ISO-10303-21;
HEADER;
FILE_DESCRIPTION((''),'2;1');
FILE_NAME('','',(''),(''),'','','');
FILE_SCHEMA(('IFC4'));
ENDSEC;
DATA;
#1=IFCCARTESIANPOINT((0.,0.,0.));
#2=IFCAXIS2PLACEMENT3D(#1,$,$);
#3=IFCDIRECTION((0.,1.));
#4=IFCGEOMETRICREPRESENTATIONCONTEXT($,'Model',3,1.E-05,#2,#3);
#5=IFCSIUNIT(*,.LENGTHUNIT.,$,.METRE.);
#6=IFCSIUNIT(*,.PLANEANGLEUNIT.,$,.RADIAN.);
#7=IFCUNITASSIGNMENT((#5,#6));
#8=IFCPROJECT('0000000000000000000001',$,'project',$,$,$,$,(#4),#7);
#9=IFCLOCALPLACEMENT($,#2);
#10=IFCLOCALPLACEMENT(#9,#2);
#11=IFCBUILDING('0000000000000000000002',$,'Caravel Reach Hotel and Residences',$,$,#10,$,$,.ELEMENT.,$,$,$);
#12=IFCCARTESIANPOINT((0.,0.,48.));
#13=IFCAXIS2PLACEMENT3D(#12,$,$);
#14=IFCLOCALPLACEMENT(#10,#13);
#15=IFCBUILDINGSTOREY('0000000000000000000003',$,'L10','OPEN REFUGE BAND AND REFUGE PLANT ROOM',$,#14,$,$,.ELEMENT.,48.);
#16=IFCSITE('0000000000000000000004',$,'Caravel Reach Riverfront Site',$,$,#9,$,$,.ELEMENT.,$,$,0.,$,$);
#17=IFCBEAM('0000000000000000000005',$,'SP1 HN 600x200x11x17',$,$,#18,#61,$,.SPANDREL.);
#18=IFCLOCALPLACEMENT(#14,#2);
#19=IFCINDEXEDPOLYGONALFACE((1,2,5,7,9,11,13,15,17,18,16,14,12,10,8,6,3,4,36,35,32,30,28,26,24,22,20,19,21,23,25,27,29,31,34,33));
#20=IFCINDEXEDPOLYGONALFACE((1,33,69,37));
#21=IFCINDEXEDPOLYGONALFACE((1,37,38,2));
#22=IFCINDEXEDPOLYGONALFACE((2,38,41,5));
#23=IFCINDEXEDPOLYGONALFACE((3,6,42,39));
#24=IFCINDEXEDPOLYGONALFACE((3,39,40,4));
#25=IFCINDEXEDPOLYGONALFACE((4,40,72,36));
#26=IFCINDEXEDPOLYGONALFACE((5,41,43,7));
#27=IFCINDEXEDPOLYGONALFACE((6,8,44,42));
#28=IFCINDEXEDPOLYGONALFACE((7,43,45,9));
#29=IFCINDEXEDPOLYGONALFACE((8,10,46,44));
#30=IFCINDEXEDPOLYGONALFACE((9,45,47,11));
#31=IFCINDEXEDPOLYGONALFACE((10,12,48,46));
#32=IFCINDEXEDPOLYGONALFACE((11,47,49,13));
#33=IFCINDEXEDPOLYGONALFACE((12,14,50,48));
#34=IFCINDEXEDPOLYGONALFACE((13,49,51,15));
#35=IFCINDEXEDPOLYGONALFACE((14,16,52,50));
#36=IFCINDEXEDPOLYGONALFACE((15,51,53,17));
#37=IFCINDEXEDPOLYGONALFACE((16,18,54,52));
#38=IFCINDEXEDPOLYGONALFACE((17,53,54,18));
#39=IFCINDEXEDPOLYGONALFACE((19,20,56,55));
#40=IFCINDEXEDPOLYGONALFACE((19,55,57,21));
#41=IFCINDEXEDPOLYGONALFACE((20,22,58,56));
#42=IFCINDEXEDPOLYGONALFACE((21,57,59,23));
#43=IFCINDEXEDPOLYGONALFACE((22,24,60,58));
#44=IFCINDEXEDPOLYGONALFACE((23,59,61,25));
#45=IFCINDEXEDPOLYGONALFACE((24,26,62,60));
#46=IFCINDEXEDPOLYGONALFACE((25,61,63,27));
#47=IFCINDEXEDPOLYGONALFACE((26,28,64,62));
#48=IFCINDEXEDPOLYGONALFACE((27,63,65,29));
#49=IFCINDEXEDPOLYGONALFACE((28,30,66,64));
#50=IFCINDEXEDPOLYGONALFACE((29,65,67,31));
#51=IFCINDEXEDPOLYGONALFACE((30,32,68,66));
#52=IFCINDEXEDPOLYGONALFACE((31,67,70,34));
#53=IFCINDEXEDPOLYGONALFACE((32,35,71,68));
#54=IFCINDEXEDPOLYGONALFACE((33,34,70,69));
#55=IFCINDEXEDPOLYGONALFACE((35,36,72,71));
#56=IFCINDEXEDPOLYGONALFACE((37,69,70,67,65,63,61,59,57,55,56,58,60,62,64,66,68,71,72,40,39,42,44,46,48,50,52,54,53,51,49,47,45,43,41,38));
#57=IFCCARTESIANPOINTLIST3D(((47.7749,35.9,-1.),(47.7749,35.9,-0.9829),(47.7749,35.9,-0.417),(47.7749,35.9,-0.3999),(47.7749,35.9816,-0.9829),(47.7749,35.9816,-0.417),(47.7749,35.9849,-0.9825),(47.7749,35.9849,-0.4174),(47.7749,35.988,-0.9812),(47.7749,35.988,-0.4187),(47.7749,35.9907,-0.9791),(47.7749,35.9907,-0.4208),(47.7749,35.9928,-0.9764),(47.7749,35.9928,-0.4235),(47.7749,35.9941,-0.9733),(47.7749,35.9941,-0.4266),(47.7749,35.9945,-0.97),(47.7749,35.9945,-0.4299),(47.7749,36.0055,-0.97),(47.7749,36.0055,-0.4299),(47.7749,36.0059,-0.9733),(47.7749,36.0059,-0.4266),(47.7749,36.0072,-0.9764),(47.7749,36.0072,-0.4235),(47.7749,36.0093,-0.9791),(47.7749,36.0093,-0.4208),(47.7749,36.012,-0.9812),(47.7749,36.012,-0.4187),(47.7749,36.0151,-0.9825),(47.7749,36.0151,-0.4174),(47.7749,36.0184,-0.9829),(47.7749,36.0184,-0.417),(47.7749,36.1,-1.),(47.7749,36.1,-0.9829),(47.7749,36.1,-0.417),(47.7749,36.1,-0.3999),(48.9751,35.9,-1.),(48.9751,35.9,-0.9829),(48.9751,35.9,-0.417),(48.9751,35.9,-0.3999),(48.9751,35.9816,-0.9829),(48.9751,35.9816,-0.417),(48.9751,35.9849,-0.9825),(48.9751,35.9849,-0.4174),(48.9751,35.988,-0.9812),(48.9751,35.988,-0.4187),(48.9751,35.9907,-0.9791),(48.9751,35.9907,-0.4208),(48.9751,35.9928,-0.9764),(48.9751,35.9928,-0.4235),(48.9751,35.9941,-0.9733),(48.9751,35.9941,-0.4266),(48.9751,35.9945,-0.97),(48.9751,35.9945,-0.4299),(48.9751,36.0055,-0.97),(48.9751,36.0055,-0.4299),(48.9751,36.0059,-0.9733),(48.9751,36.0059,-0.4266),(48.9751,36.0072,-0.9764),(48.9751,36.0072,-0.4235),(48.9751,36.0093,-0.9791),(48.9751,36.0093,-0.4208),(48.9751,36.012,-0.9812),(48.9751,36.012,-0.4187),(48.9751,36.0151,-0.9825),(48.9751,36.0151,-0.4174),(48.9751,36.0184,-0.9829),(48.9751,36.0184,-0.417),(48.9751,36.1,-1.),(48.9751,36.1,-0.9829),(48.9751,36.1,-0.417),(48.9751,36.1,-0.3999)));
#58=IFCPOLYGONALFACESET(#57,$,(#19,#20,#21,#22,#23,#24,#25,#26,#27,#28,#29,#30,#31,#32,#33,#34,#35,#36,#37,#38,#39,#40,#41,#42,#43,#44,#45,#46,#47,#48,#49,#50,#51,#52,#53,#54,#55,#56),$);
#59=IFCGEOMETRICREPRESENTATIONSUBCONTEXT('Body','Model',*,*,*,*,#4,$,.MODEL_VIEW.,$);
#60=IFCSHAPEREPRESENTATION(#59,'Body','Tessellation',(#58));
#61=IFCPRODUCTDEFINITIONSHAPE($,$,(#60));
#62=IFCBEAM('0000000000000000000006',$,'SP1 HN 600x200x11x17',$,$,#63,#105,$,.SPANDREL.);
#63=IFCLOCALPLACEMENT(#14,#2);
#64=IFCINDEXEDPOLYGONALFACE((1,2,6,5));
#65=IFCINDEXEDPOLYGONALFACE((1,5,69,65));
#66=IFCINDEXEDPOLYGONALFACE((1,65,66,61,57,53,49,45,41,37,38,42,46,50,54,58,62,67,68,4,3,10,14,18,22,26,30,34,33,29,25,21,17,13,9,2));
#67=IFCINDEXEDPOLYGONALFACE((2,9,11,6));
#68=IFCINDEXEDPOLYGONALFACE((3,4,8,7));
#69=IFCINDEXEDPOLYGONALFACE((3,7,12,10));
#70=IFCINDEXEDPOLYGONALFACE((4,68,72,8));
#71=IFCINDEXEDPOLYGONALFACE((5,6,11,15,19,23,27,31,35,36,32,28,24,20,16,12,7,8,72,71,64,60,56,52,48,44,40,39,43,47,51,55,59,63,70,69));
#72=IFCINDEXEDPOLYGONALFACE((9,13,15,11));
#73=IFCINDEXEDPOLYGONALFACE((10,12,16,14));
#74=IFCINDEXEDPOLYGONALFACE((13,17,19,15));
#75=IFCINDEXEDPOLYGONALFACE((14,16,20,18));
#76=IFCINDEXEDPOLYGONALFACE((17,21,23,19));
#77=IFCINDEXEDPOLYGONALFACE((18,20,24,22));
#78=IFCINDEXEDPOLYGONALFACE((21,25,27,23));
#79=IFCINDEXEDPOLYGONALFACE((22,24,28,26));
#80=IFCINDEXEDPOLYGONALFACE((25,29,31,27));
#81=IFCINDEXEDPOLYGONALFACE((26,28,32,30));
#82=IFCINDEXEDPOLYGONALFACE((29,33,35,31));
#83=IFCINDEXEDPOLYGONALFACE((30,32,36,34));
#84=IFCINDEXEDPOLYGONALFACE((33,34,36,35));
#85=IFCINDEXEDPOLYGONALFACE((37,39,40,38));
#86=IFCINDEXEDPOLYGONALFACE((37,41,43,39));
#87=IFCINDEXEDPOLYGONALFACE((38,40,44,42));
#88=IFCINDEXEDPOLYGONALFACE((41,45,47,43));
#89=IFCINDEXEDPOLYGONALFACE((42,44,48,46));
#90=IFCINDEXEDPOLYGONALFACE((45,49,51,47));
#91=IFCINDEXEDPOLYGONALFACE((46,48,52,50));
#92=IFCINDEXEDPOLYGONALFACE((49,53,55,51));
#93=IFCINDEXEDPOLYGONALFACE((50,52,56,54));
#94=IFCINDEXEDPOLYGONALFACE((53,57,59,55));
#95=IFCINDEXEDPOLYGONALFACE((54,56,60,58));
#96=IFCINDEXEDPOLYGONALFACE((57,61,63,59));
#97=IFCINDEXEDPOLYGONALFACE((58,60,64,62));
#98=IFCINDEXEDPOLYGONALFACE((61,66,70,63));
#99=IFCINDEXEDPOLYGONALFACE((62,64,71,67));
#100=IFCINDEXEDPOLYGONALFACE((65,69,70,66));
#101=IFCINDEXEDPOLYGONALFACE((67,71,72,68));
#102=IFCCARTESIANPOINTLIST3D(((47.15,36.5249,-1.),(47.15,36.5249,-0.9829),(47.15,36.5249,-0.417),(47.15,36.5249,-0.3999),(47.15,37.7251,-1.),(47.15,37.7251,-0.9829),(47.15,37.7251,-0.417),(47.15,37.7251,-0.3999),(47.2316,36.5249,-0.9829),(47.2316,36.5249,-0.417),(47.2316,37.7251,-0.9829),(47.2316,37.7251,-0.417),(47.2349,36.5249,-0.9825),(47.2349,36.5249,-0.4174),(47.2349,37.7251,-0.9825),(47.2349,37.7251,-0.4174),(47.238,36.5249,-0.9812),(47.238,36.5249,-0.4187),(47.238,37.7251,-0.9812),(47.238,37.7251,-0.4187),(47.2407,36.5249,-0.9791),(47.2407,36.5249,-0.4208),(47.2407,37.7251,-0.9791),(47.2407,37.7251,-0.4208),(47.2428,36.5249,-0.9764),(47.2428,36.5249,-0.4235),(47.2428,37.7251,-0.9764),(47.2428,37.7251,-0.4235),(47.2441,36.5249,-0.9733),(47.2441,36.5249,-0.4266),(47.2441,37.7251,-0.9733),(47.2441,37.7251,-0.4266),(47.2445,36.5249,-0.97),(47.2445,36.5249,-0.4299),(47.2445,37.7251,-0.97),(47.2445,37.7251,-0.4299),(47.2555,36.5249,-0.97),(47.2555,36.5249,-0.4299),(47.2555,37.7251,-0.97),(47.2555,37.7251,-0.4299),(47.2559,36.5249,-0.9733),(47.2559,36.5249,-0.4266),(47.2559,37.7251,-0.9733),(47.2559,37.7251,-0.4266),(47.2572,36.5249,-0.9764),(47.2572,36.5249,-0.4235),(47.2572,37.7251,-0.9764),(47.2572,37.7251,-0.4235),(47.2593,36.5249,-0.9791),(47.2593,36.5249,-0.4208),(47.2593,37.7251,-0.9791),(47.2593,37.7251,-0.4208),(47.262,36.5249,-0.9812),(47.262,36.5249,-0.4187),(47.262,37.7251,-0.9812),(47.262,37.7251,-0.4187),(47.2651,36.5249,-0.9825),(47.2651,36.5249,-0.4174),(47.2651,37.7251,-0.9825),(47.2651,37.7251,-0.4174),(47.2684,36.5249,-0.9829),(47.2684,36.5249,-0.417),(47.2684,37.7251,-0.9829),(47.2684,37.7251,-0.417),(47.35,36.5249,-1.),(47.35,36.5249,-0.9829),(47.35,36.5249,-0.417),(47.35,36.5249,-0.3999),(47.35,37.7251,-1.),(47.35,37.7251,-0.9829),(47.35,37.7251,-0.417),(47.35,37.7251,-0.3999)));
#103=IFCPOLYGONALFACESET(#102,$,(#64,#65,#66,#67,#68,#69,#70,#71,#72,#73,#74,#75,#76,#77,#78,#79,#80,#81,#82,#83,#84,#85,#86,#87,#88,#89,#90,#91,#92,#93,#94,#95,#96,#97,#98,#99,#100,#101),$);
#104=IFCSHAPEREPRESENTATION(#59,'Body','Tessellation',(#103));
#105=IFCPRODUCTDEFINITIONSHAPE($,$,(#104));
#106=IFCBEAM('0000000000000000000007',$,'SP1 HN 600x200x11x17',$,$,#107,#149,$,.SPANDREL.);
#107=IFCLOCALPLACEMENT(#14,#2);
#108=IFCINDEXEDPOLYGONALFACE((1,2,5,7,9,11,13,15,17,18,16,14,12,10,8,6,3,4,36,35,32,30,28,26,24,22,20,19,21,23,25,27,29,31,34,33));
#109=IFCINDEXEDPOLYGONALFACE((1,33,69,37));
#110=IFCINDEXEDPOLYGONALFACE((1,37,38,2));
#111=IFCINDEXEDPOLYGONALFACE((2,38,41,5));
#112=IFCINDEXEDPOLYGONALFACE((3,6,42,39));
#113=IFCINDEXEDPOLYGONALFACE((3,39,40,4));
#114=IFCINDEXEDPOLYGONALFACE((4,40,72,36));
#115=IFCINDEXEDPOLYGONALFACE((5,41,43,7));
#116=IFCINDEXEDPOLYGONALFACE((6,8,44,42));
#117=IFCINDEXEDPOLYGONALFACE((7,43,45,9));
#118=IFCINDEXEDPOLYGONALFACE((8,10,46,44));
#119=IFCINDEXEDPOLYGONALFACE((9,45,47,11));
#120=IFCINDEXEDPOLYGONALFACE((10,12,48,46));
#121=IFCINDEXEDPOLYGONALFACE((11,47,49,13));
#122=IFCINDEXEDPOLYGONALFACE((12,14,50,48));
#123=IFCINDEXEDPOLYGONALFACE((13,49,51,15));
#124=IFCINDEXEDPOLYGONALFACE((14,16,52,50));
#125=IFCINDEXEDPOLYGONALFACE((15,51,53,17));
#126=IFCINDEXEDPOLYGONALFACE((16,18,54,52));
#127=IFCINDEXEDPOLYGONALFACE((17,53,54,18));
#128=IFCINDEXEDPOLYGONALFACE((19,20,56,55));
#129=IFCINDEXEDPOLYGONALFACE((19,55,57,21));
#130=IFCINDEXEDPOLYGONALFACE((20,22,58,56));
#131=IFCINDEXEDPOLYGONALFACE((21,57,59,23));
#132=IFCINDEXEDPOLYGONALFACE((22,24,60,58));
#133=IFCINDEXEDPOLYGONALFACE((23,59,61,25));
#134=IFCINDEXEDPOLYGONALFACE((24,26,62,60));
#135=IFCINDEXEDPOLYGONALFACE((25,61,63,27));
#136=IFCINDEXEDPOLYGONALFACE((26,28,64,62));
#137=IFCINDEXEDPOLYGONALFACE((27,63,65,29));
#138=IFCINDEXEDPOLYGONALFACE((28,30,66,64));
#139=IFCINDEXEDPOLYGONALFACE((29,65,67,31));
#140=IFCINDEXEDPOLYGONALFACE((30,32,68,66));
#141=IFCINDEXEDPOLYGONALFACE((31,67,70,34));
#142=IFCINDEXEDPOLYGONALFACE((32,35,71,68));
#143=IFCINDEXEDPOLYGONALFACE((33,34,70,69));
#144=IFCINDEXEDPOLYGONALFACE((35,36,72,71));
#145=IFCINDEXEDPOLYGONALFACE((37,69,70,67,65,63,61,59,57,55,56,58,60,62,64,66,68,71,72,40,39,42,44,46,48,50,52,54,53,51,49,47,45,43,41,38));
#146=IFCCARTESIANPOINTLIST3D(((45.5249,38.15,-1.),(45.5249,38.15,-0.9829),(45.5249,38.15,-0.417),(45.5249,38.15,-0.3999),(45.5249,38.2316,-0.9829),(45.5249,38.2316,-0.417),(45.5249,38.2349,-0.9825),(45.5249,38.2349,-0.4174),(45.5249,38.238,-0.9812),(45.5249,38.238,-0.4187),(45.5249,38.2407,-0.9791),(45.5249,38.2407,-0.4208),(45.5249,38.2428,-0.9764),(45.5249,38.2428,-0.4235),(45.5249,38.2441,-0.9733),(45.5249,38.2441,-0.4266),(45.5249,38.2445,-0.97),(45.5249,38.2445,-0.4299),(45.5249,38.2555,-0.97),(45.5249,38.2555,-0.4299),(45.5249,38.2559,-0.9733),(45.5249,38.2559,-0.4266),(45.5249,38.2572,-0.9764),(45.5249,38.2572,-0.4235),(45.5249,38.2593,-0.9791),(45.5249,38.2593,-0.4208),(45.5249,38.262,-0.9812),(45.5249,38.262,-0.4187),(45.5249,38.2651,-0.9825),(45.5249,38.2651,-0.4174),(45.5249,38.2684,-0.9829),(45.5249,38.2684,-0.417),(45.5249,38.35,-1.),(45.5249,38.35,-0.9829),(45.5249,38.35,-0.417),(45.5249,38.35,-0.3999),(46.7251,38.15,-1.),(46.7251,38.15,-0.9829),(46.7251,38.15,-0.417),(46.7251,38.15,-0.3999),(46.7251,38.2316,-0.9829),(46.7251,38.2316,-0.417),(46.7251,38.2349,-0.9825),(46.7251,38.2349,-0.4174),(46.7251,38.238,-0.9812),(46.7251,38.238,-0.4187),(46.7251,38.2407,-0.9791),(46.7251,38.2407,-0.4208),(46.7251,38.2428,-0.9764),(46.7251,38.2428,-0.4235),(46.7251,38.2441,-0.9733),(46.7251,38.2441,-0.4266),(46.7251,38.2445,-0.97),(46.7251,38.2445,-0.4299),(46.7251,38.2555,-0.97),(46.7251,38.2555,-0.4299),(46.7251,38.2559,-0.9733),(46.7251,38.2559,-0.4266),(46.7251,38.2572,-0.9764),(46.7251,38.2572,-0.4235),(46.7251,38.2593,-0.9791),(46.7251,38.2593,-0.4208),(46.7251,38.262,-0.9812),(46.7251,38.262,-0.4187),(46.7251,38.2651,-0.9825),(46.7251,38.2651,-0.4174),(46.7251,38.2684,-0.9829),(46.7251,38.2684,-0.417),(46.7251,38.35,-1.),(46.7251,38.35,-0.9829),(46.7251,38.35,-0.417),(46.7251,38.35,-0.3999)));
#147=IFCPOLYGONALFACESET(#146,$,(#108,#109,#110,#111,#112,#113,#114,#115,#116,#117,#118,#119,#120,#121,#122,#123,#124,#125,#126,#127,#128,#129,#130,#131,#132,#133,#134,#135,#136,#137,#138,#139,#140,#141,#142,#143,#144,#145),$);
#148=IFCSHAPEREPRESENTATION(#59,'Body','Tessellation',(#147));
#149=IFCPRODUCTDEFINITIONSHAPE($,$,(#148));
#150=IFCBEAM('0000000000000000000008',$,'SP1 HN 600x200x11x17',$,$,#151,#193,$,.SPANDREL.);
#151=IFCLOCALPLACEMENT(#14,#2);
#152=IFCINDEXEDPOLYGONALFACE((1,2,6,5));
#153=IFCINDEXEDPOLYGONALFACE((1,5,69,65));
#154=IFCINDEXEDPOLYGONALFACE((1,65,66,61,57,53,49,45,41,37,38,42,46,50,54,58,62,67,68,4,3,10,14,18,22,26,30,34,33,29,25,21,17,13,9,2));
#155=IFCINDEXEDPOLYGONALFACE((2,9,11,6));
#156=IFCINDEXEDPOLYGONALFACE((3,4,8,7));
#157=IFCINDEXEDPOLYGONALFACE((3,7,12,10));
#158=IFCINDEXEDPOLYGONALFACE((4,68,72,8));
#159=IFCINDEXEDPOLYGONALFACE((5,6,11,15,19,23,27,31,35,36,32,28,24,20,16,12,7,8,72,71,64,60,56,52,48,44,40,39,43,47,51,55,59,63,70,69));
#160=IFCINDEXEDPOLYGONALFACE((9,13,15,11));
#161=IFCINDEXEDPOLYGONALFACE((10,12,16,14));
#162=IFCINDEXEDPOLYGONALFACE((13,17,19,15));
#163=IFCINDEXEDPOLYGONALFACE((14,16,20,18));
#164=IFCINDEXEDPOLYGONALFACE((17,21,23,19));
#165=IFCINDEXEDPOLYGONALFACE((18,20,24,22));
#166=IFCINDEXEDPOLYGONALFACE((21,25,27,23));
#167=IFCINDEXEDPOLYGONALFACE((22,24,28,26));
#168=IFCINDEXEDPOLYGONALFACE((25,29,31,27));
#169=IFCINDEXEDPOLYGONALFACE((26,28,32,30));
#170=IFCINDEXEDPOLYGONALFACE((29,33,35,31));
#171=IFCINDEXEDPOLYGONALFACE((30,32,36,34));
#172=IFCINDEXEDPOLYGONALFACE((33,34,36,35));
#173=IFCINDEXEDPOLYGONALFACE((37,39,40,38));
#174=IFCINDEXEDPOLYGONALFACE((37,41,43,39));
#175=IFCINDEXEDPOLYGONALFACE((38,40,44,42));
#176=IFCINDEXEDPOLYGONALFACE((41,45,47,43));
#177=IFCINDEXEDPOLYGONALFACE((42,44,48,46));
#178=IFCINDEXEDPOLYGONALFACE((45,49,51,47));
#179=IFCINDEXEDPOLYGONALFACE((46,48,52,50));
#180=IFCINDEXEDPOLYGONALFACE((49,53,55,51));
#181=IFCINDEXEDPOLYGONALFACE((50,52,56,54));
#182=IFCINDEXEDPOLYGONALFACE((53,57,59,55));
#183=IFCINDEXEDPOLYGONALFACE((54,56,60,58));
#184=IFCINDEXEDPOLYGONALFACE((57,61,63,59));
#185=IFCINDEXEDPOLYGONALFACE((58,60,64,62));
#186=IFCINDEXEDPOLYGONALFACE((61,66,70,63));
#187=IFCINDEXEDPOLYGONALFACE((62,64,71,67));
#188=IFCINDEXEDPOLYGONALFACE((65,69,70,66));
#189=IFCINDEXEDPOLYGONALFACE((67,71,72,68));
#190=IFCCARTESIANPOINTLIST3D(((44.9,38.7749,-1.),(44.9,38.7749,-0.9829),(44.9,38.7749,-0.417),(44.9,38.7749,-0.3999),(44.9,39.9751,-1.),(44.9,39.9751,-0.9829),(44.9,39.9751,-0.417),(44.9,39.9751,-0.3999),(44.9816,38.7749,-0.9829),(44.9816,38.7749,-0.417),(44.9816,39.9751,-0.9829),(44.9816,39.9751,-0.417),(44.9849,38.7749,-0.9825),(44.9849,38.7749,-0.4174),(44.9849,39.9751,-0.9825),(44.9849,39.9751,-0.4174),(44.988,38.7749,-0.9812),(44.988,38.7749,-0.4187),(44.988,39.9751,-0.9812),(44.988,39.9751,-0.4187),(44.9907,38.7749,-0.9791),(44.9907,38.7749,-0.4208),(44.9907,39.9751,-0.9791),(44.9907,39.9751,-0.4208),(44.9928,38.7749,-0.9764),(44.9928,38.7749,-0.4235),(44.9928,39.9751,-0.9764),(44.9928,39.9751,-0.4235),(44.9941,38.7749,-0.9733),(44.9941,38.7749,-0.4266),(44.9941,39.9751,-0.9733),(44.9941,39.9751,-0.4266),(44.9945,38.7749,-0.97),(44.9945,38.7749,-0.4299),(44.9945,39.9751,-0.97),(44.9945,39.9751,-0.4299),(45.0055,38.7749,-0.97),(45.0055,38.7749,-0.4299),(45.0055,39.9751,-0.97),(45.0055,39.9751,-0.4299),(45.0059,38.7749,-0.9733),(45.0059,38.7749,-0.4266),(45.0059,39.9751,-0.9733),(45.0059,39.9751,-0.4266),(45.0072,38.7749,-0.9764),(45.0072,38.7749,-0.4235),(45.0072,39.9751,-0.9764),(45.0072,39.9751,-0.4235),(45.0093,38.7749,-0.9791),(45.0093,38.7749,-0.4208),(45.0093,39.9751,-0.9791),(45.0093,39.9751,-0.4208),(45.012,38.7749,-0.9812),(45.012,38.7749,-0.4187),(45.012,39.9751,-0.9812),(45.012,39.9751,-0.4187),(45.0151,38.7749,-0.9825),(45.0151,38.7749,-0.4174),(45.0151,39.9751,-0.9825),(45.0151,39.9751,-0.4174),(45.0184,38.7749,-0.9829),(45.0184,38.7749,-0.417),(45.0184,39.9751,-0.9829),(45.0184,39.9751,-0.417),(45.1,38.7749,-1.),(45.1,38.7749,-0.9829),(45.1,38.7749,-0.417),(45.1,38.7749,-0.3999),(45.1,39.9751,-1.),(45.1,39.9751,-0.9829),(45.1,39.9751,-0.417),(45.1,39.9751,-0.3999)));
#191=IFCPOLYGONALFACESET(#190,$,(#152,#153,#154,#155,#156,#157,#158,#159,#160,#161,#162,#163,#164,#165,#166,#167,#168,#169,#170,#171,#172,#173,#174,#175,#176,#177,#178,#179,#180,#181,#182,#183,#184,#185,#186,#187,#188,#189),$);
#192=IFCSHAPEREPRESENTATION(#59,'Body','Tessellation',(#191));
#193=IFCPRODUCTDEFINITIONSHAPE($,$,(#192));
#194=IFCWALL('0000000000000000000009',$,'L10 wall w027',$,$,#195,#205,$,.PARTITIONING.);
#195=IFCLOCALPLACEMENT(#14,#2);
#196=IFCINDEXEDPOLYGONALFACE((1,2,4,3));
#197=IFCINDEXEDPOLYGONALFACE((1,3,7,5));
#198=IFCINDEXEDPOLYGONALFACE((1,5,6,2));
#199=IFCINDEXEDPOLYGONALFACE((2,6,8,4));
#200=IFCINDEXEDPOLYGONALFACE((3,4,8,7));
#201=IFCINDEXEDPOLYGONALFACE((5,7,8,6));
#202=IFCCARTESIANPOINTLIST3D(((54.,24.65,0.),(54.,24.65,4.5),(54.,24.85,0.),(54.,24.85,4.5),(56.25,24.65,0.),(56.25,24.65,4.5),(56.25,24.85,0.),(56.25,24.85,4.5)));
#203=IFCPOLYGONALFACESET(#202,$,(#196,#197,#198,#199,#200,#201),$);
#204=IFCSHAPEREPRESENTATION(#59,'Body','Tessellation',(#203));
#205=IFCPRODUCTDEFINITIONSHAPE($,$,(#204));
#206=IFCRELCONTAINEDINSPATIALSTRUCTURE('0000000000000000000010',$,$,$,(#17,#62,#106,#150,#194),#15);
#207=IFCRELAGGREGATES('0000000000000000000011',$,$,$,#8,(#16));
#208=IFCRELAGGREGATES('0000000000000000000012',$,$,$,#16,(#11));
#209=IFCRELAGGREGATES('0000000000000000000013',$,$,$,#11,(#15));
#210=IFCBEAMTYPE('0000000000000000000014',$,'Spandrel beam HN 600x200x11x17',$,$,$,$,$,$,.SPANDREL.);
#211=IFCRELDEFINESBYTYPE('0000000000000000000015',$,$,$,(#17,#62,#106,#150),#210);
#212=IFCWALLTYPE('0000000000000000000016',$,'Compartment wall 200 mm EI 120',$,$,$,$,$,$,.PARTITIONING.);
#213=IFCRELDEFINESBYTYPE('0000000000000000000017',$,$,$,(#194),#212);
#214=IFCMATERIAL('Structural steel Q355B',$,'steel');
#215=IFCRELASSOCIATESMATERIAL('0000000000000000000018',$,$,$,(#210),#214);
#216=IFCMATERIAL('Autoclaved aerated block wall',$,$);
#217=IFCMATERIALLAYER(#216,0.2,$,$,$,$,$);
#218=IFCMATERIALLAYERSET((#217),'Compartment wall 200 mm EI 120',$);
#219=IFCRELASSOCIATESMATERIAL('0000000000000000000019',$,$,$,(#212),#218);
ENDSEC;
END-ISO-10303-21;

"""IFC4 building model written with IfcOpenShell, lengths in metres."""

from ifc_helpers import new_model, si_unit, direction, frame, frame_2d, origin, origin_2d, place, context, subcontext, project, spatial, rectangle, i_section, extrude, material, layer, layer_set, material_profile, profile_set, type_object, element, save


model = new_model("IFC4")

# Units and contexts
model_context = context("Model", 3, precision=1e-05, world=origin(), true_north=direction((0.0, 1.0)))
body_context = subcontext(model_context, "Body", "Model", "MODEL_VIEW")
ifc_project = project(units=[si_unit("LENGTHUNIT", "METRE"), si_unit("PLANEANGLEUNIT", "RADIAN")], contexts=[model_context])

# Site, building, storey
site_placement = place(None, origin())
site = spatial("IfcSite", under=ifc_project, at=site_placement, Name="Caravel Reach Riverfront Site", CompositionType="ELEMENT", RefElevation=0.0)
building_placement = place(site_placement, origin())
building = spatial("IfcBuilding", under=site, at=building_placement, Name="Caravel Reach Hotel and Residences", CompositionType="ELEMENT")
storey_placement = place(building_placement, frame((0.0, 0.0, 48.0)))
storey = spatial("IfcBuildingStorey", under=building, at=storey_placement, Name="L10", Description="OPEN REFUGE BAND AND REFUGE PLANT ROOM", CompositionType="ELEMENT", Elevation=48.0)

# Beams
ifc_material_1 = material(Name="Structural steel Q355B", Category="steel")
ifc_material_profile_1 = material_profile(ifc_material_1, i_section(OverallWidth=0.2, OverallDepth=0.6001, WebThickness=0.011, FlangeThickness=0.0171, FilletRadius=0.0129, at=origin_2d()), Name="HN 600x200x11x17")
ifc_profile_set_1 = profile_set([ifc_material_profile_1], Name="Structural steel Q355B")
beam_type_1 = type_object("IfcBeamType", Name="Spandrel beam HN 600x200x11x17", PredefinedType="SPANDREL", material=ifc_profile_set_1)
for number, where, z_axis, x_axis, name in (
    (1, (48.9751, 36.0, -0.7), (-1.0, 0.0, 0.0), (0.0, -1.0, 0.0), "SP1 HN 600x200x11x17"),
    (2, (47.25, 36.5249, -0.7), (0.0, 1.0, 0.0), (-1.0, 0.0, 0.0), "SP1 HN 600x200x11x17"),
    (3, (46.7251, 38.25, -0.7), (-1.0, 0.0, 0.0), (0.0, -1.0, 0.0), "SP1 HN 600x200x11x17"),
    (4, (45.0, 38.7749, -0.7), (0.0, 1.0, 0.0), (-1.0, 0.0, 0.0), "SP1 HN 600x200x11x17"),
):
    element("IfcBeam", number, at=place(storey_placement, frame(where, z_axis=z_axis, x_axis=x_axis)), inside=storey, type_object=beam_type_1, Name=name, PredefinedType="SPANDREL", context=body_context, shape_type="SweptSolid", body=[
        extrude(i_section(OverallWidth=0.2, OverallDepth=0.6001, WebThickness=0.011, FlangeThickness=0.0171, FilletRadius=0.0129, at=origin_2d()), origin(), (0.0, 0.0, 1.0), 1.2002),
    ])

# Wall
ifc_material_2 = material(Name="Autoclaved aerated block wall")
ifc_layer = layer(ifc_material_2, 0.2)
ifc_layer_set = layer_set([ifc_layer], Name="Compartment wall 200 mm EI 120")
wall_type = type_object("IfcWallType", Name="Compartment wall 200 mm EI 120", PredefinedType="PARTITIONING", material=ifc_layer_set)
for number, where, z_axis, x_axis, name in (
    (5, (54.0, 24.75, 0.0), (0.0, 0.0, 1.0), (1.0, 0.0, 0.0), "L10 wall w027"),
):
    element("IfcWall", number, at=place(storey_placement, frame(where, z_axis=z_axis, x_axis=x_axis)), inside=storey, type_object=wall_type, Name=name, PredefinedType="PARTITIONING", context=body_context, shape_type="SweptSolid", body=[
        extrude(rectangle(XDim=2.25, YDim=0.2, at=frame_2d((1.125, 0.0))), origin(), (0.0, 0.0, 1.0), 4.5),
    ])

save(model, "model.ifc")
